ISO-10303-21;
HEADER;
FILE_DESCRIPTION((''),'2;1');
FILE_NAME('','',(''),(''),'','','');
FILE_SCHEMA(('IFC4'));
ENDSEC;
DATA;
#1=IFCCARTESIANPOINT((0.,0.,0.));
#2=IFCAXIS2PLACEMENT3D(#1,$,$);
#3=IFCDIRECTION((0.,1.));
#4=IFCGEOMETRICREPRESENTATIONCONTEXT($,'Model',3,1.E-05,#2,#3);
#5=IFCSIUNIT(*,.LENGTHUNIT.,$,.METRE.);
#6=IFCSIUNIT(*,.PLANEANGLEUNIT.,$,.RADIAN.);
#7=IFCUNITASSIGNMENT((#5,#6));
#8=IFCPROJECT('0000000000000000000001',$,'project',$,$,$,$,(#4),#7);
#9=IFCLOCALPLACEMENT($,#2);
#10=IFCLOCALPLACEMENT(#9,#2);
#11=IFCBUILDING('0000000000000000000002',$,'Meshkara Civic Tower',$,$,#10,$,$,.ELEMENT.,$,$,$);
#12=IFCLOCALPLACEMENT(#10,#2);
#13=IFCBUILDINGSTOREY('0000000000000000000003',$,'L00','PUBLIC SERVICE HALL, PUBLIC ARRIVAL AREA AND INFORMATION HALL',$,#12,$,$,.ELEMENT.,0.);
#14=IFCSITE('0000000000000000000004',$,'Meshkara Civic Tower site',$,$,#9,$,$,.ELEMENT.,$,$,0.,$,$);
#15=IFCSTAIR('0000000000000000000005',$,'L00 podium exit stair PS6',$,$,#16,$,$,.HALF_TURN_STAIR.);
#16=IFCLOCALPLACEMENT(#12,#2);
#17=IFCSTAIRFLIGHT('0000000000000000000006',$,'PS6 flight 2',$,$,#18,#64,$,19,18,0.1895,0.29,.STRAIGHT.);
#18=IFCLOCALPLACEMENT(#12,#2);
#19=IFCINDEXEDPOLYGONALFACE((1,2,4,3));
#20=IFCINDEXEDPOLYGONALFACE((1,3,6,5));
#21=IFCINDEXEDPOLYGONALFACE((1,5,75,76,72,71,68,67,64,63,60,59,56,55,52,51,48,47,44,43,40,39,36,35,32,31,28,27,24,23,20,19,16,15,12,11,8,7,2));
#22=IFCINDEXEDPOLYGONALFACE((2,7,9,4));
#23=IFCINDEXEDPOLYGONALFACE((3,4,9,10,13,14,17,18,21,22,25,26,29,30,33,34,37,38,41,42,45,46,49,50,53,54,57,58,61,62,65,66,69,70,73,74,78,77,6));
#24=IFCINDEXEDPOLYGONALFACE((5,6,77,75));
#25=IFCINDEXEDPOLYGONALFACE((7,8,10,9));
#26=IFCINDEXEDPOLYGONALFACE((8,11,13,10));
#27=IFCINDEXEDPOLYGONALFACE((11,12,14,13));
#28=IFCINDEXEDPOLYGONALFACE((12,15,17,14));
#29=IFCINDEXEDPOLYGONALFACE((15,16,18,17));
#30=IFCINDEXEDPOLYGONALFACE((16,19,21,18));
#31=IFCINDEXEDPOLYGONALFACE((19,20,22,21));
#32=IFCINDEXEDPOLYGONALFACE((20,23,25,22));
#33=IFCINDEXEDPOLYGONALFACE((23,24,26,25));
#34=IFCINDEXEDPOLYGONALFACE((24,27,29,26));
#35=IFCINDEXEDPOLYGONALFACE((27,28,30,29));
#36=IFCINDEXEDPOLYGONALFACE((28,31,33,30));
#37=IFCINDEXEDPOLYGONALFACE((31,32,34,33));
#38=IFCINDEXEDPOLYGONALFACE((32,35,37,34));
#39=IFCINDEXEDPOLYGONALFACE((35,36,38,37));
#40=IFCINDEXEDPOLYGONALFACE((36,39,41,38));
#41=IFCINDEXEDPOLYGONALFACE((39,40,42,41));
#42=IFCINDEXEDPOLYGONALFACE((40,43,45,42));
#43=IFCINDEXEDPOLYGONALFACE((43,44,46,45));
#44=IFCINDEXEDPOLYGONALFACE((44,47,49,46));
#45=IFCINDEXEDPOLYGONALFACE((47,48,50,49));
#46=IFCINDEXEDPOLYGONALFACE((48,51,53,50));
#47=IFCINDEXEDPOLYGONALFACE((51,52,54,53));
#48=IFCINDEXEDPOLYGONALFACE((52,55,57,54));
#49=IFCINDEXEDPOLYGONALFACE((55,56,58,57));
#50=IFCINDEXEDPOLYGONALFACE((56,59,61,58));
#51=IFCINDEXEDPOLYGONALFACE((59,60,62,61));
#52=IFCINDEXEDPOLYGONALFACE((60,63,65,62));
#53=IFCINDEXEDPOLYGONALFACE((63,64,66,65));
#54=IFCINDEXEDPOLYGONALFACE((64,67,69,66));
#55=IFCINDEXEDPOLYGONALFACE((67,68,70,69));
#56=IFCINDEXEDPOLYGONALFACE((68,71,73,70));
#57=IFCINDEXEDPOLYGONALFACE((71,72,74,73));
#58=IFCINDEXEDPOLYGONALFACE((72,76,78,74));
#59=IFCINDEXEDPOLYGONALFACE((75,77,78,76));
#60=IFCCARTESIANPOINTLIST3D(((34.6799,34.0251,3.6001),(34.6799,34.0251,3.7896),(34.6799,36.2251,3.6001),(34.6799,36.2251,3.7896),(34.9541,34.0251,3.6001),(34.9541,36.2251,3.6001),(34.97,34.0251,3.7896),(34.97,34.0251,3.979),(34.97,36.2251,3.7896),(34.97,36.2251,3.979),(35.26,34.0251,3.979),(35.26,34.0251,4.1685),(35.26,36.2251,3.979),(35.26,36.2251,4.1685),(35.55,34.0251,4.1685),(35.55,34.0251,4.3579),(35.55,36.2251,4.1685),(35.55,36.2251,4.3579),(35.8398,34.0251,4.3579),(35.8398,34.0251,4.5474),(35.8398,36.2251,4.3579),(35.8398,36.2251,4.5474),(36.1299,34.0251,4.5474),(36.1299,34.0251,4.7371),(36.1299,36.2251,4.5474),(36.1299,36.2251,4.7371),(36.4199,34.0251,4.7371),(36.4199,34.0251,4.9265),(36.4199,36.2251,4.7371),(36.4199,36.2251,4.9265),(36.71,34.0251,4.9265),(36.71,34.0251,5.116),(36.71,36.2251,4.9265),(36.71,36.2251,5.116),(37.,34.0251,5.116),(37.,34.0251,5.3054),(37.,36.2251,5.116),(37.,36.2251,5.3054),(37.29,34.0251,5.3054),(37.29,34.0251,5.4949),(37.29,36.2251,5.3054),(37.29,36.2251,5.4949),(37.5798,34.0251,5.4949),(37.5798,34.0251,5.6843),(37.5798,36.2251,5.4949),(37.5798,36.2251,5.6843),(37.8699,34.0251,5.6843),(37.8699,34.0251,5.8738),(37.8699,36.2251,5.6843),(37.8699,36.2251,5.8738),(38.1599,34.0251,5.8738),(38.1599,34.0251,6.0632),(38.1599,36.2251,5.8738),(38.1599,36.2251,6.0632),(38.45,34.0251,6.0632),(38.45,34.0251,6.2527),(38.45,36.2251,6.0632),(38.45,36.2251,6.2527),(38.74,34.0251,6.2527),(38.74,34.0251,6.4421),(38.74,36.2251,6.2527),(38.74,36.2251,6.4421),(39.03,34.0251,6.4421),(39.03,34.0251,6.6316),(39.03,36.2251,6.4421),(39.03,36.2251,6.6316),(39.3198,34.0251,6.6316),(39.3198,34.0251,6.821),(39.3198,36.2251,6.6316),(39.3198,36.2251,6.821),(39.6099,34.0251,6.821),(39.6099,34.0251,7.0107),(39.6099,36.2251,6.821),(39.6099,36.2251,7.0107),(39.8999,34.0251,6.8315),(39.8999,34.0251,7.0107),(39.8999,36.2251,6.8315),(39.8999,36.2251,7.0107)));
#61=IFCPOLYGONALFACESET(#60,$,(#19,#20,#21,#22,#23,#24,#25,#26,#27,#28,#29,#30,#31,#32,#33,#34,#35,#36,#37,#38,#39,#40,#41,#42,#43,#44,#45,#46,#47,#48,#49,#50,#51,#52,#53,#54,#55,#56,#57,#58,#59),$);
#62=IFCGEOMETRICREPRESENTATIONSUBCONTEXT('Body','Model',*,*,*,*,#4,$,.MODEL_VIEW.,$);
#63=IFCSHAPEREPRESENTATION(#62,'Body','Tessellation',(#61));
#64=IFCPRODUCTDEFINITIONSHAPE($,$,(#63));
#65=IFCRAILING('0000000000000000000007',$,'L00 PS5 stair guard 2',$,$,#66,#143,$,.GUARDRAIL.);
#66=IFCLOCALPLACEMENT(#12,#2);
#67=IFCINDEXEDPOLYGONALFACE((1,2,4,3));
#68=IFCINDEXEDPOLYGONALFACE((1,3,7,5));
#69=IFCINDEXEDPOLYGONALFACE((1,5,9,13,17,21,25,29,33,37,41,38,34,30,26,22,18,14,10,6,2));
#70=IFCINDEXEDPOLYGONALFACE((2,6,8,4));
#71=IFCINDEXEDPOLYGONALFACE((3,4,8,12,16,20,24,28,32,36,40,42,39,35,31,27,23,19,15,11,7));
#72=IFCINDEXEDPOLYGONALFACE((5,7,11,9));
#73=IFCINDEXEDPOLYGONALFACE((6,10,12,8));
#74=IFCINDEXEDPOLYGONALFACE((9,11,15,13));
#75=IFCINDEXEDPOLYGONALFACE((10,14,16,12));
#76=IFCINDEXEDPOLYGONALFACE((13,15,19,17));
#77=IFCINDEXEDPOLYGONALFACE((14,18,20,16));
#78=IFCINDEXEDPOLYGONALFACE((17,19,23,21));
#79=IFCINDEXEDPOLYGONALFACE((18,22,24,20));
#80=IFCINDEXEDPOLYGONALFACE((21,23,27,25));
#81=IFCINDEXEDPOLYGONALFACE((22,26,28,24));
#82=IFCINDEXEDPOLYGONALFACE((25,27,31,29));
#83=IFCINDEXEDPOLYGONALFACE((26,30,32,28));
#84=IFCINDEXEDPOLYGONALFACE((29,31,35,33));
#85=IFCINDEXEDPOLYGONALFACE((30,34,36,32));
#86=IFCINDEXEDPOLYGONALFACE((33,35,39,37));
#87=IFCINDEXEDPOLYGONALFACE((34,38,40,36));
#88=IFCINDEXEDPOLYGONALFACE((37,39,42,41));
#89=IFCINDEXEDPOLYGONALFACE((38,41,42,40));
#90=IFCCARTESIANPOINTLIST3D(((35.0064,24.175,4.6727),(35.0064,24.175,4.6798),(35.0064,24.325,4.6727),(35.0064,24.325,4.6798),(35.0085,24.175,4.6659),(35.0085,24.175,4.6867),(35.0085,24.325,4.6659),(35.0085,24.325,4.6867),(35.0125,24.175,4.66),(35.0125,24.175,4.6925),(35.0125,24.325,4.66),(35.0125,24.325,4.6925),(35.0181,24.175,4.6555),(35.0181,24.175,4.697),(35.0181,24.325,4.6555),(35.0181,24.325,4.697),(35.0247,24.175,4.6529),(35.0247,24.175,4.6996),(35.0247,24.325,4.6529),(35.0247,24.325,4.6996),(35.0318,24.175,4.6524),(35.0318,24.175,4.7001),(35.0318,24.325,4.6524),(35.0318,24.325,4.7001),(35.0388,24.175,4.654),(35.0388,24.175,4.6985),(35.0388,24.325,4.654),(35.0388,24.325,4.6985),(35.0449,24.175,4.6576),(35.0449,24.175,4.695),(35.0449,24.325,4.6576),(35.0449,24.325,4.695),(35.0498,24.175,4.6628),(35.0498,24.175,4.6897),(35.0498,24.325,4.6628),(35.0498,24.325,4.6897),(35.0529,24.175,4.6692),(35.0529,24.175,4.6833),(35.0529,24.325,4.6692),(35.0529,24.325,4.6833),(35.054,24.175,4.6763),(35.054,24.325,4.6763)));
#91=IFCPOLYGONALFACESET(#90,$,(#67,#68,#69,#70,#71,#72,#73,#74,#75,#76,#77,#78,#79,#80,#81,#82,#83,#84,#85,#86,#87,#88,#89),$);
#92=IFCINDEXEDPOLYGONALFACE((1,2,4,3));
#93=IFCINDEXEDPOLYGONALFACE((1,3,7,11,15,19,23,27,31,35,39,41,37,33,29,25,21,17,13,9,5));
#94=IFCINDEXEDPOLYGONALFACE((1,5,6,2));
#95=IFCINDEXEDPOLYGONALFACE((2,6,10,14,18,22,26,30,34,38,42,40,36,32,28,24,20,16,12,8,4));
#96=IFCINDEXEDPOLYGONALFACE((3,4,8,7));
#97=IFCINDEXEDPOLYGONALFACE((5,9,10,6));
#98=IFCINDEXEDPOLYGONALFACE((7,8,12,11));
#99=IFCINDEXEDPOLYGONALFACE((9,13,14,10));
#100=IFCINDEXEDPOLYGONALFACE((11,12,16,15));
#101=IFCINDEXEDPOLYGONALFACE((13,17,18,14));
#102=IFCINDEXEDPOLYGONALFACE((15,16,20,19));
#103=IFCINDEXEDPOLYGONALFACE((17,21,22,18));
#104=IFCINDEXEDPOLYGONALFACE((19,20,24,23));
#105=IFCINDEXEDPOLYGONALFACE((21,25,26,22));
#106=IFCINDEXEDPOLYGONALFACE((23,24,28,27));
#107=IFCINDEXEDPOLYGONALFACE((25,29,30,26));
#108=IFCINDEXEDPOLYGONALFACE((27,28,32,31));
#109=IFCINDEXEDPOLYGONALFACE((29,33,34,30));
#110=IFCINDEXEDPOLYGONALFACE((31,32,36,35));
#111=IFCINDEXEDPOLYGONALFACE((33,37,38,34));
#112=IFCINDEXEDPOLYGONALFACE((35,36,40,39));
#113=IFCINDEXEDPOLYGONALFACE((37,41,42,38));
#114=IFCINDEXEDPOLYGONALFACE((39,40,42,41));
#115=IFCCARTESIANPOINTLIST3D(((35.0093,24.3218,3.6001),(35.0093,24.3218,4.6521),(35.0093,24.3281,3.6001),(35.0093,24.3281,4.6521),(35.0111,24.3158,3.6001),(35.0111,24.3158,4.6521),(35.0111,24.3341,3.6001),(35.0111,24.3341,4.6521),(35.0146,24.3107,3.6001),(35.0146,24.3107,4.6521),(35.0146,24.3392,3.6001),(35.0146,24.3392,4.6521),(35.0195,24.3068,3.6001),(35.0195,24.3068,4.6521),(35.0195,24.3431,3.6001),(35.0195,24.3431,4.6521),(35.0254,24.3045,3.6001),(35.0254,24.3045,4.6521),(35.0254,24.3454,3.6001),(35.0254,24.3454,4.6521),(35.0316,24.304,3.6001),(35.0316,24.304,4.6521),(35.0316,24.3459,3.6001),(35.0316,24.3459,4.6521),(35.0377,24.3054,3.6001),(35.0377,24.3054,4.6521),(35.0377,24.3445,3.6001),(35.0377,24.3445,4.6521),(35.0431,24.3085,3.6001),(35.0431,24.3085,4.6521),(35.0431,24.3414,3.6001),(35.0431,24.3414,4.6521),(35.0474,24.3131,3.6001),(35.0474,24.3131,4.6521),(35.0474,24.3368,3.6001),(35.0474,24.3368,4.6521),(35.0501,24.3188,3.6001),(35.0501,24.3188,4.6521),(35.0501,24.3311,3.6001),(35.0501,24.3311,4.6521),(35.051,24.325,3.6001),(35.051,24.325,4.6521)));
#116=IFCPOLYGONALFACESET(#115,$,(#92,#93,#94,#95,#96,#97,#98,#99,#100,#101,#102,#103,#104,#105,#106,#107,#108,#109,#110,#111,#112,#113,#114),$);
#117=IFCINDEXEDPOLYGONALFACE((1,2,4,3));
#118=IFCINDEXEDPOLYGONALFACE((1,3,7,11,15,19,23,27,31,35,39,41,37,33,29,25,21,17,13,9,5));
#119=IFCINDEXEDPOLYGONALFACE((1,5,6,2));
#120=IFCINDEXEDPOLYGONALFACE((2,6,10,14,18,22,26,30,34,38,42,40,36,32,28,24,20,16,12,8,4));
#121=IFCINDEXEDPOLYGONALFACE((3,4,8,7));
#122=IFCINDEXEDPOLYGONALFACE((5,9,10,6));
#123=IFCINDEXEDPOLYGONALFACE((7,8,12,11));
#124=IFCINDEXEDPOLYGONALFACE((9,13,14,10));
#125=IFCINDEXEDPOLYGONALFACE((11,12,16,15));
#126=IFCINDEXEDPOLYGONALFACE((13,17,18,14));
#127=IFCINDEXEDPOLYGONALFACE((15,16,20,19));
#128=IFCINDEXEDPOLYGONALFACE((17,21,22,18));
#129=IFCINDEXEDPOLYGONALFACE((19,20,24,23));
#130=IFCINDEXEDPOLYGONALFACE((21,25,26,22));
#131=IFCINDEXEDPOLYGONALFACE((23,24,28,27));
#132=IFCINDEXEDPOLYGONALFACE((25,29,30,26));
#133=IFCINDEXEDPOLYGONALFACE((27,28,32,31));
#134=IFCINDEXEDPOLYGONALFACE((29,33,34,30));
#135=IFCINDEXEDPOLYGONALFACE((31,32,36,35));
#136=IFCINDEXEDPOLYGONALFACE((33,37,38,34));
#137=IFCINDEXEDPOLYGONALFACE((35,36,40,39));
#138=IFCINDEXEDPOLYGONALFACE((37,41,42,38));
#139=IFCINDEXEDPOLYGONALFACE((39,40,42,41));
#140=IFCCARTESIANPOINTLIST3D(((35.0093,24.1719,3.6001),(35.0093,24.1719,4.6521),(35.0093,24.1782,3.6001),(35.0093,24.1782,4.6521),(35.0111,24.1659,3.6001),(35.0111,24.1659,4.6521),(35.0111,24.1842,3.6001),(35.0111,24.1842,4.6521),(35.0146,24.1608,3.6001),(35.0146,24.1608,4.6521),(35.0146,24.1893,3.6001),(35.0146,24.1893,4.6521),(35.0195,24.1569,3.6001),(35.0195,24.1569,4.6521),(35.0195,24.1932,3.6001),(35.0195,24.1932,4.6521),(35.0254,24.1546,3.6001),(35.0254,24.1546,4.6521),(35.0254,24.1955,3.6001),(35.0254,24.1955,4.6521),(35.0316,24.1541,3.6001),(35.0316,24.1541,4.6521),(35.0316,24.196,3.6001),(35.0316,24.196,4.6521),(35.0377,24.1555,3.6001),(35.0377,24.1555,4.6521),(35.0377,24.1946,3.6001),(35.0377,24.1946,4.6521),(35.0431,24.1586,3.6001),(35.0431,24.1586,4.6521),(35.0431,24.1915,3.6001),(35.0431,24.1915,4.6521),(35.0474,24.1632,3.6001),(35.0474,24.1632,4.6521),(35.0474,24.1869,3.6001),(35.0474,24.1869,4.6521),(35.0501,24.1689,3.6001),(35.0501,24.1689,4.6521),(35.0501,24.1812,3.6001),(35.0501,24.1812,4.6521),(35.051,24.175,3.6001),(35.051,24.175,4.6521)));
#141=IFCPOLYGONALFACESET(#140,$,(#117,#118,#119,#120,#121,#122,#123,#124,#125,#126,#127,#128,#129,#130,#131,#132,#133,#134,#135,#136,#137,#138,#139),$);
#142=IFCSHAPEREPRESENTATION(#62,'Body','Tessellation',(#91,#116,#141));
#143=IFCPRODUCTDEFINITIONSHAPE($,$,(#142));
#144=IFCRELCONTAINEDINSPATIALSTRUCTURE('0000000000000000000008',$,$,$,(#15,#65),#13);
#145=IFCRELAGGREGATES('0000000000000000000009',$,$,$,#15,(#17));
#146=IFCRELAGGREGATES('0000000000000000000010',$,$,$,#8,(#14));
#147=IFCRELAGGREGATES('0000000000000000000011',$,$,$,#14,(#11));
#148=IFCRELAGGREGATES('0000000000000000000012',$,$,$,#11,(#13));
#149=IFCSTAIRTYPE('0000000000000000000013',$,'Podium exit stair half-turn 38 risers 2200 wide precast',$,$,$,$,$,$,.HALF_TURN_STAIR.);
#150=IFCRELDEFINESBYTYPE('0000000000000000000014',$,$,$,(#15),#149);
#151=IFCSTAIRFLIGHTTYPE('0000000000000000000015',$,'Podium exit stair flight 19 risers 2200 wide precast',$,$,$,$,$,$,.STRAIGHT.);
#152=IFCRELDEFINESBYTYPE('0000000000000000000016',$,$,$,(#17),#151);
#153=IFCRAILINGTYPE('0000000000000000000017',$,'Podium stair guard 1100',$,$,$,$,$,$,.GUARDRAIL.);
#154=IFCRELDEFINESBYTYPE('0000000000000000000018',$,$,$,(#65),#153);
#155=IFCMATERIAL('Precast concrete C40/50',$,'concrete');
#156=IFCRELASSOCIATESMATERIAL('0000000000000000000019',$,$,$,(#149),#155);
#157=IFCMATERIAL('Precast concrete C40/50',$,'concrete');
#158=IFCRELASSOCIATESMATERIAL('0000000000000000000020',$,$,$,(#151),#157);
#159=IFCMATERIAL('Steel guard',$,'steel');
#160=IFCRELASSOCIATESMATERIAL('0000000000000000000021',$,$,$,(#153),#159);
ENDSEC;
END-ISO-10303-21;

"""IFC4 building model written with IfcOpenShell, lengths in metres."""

from ifc_helpers import new_model, si_unit, direction, frame, origin, origin_2d, place, context, subcontext, project, spatial, polyline, circle, outline, extrude, material, type_object, element, aggregate, save


model = new_model("IFC4")

# Units and contexts
model_context = context("Model", 3, precision=1e-05, world=origin(), true_north=direction((0.0, 1.0)))
body_context = subcontext(model_context, "Body", "Model", "MODEL_VIEW")
ifc_project = project(units=[si_unit("LENGTHUNIT", "METRE"), si_unit("PLANEANGLEUNIT", "RADIAN")], contexts=[model_context])

# Site, building, storey
site_placement = place(None, origin())
site = spatial("IfcSite", under=ifc_project, at=site_placement, Name="Meshkara Civic Tower site", CompositionType="ELEMENT", RefElevation=0.0)
building_placement = place(site_placement, origin())
building = spatial("IfcBuilding", under=site, at=building_placement, Name="Meshkara Civic Tower", CompositionType="ELEMENT")
storey_placement = place(building_placement, origin())
storey = spatial("IfcBuildingStorey", under=building, at=storey_placement, Name="L00", Description="PUBLIC SERVICE HALL, PUBLIC ARRIVAL AREA AND INFORMATION HALL", CompositionType="ELEMENT", Elevation=0.0)

# Stair, stair flight
ifc_material_1 = material(Name="Precast concrete C40/50", Category="concrete")
stair_type_1 = type_object("IfcStairType", Name="Podium exit stair half-turn 38 risers 2200 wide precast", PredefinedType="HALF_TURN_STAIR", material=ifc_material_1)
stair_1_placement = place(storey_placement, origin())
stair_1 = element("IfcStair", 1, at=stair_1_placement, inside=storey, type_object=stair_type_1, Name="L00 podium exit stair PS6", PredefinedType="HALF_TURN_STAIR")
ifc_material_2 = material(Name="Precast concrete C40/50", Category="concrete")
stair_flight_type_1 = type_object("IfcStairFlightType", Name="Podium exit stair flight 19 risers 2200 wide precast", PredefinedType="STRAIGHT", material=ifc_material_2)
stair_flight_1_placement = place(storey_placement, frame((34.6799, 35.125, 3.6001), z_axis=(0.0, 0.0, 1.0), x_axis=(1.0, 0.0, 0.0)))
stair_flight_1 = element("IfcStairFlight", 2, at=stair_flight_1_placement, type_object=stair_flight_type_1, Name="PS6 flight 2", NumberOfRisers=19, NumberOfTreads=18, PredefinedType="STRAIGHT", RiserHeight=0.1895, TreadLength=0.29, context=body_context, shape_type="SweptSolid", body=[
    extrude(outline(polyline([(0.0, 0.0), (0.0, 0.1895), (0.29, 0.1895), (0.29, 0.3789), (0.5801, 0.3789), (0.5801, 0.5684), (0.8701, 0.5684), (0.8701, 0.7578), (1.1599, 0.7578), (1.1599, 0.9473), (1.45, 0.9473), (1.45, 1.137), (1.74, 1.137), (1.74, 1.3264), (2.03, 1.3264), (2.03, 1.5159), (2.3201, 1.5159), (2.3201, 1.7053), (2.6101, 1.7053), (2.6101, 1.8948), (2.8999, 1.8948), (2.8999, 2.0842), (3.1899, 2.0842), (3.1899, 2.2737), (3.48, 2.2737), (3.48, 2.4631), (3.77, 2.4631), (3.77, 2.6526), (4.0601, 2.6526), (4.0601, 2.842), (4.3501, 2.842), (4.3501, 3.0315), (4.6399, 3.0315), (4.6399, 3.2209), (4.9299, 3.2209), (4.9299, 3.4106), (5.22, 3.4106), (5.22, 3.6001), (5.22, 3.2314), (0.2742, 0.0), (0.0, 0.0)])), frame((0.0, 1.1001, 0.0), z_axis=(0.0, -1.0, 0.0), x_axis=(1.0, 0.0, 0.0)), (0.0, 0.0, 1.0), 2.2),
])
aggregate(stair_1, [stair_flight_1])

# Railing
ifc_material_3 = material(Name="Steel guard", Category="steel")
railing_type_1 = type_object("IfcRailingType", Name="Podium stair guard 1100", PredefinedType="GUARDRAIL", material=ifc_material_3)
railing_1_placement = place(storey_placement, frame((35.03, 24.325, 3.6001)))
element("IfcRailing", 3, at=railing_1_placement, inside=storey, type_object=railing_type_1, Name="L00 PS5 stair guard 2", PredefinedType="GUARDRAIL", context=body_context, shape_type="SweptSolid", body=[
    extrude(circle(Radius=0.0239, at=origin_2d()), frame((0.0, 0.0, 1.0762), z_axis=(0.0, -1.0, 0.0), x_axis=(1.0, 0.0, 0.0)), (0.0, 0.0, 1.0), 0.1499),
    extrude(circle(Radius=0.021, at=origin_2d()), origin(), (0.0, 0.0, 1.0), 1.052),
    extrude(circle(Radius=0.021, at=origin_2d()), frame((0.0, -0.1499, 0.0)), (0.0, 0.0, 1.0), 1.052),
])

save(model, "model.ifc")
